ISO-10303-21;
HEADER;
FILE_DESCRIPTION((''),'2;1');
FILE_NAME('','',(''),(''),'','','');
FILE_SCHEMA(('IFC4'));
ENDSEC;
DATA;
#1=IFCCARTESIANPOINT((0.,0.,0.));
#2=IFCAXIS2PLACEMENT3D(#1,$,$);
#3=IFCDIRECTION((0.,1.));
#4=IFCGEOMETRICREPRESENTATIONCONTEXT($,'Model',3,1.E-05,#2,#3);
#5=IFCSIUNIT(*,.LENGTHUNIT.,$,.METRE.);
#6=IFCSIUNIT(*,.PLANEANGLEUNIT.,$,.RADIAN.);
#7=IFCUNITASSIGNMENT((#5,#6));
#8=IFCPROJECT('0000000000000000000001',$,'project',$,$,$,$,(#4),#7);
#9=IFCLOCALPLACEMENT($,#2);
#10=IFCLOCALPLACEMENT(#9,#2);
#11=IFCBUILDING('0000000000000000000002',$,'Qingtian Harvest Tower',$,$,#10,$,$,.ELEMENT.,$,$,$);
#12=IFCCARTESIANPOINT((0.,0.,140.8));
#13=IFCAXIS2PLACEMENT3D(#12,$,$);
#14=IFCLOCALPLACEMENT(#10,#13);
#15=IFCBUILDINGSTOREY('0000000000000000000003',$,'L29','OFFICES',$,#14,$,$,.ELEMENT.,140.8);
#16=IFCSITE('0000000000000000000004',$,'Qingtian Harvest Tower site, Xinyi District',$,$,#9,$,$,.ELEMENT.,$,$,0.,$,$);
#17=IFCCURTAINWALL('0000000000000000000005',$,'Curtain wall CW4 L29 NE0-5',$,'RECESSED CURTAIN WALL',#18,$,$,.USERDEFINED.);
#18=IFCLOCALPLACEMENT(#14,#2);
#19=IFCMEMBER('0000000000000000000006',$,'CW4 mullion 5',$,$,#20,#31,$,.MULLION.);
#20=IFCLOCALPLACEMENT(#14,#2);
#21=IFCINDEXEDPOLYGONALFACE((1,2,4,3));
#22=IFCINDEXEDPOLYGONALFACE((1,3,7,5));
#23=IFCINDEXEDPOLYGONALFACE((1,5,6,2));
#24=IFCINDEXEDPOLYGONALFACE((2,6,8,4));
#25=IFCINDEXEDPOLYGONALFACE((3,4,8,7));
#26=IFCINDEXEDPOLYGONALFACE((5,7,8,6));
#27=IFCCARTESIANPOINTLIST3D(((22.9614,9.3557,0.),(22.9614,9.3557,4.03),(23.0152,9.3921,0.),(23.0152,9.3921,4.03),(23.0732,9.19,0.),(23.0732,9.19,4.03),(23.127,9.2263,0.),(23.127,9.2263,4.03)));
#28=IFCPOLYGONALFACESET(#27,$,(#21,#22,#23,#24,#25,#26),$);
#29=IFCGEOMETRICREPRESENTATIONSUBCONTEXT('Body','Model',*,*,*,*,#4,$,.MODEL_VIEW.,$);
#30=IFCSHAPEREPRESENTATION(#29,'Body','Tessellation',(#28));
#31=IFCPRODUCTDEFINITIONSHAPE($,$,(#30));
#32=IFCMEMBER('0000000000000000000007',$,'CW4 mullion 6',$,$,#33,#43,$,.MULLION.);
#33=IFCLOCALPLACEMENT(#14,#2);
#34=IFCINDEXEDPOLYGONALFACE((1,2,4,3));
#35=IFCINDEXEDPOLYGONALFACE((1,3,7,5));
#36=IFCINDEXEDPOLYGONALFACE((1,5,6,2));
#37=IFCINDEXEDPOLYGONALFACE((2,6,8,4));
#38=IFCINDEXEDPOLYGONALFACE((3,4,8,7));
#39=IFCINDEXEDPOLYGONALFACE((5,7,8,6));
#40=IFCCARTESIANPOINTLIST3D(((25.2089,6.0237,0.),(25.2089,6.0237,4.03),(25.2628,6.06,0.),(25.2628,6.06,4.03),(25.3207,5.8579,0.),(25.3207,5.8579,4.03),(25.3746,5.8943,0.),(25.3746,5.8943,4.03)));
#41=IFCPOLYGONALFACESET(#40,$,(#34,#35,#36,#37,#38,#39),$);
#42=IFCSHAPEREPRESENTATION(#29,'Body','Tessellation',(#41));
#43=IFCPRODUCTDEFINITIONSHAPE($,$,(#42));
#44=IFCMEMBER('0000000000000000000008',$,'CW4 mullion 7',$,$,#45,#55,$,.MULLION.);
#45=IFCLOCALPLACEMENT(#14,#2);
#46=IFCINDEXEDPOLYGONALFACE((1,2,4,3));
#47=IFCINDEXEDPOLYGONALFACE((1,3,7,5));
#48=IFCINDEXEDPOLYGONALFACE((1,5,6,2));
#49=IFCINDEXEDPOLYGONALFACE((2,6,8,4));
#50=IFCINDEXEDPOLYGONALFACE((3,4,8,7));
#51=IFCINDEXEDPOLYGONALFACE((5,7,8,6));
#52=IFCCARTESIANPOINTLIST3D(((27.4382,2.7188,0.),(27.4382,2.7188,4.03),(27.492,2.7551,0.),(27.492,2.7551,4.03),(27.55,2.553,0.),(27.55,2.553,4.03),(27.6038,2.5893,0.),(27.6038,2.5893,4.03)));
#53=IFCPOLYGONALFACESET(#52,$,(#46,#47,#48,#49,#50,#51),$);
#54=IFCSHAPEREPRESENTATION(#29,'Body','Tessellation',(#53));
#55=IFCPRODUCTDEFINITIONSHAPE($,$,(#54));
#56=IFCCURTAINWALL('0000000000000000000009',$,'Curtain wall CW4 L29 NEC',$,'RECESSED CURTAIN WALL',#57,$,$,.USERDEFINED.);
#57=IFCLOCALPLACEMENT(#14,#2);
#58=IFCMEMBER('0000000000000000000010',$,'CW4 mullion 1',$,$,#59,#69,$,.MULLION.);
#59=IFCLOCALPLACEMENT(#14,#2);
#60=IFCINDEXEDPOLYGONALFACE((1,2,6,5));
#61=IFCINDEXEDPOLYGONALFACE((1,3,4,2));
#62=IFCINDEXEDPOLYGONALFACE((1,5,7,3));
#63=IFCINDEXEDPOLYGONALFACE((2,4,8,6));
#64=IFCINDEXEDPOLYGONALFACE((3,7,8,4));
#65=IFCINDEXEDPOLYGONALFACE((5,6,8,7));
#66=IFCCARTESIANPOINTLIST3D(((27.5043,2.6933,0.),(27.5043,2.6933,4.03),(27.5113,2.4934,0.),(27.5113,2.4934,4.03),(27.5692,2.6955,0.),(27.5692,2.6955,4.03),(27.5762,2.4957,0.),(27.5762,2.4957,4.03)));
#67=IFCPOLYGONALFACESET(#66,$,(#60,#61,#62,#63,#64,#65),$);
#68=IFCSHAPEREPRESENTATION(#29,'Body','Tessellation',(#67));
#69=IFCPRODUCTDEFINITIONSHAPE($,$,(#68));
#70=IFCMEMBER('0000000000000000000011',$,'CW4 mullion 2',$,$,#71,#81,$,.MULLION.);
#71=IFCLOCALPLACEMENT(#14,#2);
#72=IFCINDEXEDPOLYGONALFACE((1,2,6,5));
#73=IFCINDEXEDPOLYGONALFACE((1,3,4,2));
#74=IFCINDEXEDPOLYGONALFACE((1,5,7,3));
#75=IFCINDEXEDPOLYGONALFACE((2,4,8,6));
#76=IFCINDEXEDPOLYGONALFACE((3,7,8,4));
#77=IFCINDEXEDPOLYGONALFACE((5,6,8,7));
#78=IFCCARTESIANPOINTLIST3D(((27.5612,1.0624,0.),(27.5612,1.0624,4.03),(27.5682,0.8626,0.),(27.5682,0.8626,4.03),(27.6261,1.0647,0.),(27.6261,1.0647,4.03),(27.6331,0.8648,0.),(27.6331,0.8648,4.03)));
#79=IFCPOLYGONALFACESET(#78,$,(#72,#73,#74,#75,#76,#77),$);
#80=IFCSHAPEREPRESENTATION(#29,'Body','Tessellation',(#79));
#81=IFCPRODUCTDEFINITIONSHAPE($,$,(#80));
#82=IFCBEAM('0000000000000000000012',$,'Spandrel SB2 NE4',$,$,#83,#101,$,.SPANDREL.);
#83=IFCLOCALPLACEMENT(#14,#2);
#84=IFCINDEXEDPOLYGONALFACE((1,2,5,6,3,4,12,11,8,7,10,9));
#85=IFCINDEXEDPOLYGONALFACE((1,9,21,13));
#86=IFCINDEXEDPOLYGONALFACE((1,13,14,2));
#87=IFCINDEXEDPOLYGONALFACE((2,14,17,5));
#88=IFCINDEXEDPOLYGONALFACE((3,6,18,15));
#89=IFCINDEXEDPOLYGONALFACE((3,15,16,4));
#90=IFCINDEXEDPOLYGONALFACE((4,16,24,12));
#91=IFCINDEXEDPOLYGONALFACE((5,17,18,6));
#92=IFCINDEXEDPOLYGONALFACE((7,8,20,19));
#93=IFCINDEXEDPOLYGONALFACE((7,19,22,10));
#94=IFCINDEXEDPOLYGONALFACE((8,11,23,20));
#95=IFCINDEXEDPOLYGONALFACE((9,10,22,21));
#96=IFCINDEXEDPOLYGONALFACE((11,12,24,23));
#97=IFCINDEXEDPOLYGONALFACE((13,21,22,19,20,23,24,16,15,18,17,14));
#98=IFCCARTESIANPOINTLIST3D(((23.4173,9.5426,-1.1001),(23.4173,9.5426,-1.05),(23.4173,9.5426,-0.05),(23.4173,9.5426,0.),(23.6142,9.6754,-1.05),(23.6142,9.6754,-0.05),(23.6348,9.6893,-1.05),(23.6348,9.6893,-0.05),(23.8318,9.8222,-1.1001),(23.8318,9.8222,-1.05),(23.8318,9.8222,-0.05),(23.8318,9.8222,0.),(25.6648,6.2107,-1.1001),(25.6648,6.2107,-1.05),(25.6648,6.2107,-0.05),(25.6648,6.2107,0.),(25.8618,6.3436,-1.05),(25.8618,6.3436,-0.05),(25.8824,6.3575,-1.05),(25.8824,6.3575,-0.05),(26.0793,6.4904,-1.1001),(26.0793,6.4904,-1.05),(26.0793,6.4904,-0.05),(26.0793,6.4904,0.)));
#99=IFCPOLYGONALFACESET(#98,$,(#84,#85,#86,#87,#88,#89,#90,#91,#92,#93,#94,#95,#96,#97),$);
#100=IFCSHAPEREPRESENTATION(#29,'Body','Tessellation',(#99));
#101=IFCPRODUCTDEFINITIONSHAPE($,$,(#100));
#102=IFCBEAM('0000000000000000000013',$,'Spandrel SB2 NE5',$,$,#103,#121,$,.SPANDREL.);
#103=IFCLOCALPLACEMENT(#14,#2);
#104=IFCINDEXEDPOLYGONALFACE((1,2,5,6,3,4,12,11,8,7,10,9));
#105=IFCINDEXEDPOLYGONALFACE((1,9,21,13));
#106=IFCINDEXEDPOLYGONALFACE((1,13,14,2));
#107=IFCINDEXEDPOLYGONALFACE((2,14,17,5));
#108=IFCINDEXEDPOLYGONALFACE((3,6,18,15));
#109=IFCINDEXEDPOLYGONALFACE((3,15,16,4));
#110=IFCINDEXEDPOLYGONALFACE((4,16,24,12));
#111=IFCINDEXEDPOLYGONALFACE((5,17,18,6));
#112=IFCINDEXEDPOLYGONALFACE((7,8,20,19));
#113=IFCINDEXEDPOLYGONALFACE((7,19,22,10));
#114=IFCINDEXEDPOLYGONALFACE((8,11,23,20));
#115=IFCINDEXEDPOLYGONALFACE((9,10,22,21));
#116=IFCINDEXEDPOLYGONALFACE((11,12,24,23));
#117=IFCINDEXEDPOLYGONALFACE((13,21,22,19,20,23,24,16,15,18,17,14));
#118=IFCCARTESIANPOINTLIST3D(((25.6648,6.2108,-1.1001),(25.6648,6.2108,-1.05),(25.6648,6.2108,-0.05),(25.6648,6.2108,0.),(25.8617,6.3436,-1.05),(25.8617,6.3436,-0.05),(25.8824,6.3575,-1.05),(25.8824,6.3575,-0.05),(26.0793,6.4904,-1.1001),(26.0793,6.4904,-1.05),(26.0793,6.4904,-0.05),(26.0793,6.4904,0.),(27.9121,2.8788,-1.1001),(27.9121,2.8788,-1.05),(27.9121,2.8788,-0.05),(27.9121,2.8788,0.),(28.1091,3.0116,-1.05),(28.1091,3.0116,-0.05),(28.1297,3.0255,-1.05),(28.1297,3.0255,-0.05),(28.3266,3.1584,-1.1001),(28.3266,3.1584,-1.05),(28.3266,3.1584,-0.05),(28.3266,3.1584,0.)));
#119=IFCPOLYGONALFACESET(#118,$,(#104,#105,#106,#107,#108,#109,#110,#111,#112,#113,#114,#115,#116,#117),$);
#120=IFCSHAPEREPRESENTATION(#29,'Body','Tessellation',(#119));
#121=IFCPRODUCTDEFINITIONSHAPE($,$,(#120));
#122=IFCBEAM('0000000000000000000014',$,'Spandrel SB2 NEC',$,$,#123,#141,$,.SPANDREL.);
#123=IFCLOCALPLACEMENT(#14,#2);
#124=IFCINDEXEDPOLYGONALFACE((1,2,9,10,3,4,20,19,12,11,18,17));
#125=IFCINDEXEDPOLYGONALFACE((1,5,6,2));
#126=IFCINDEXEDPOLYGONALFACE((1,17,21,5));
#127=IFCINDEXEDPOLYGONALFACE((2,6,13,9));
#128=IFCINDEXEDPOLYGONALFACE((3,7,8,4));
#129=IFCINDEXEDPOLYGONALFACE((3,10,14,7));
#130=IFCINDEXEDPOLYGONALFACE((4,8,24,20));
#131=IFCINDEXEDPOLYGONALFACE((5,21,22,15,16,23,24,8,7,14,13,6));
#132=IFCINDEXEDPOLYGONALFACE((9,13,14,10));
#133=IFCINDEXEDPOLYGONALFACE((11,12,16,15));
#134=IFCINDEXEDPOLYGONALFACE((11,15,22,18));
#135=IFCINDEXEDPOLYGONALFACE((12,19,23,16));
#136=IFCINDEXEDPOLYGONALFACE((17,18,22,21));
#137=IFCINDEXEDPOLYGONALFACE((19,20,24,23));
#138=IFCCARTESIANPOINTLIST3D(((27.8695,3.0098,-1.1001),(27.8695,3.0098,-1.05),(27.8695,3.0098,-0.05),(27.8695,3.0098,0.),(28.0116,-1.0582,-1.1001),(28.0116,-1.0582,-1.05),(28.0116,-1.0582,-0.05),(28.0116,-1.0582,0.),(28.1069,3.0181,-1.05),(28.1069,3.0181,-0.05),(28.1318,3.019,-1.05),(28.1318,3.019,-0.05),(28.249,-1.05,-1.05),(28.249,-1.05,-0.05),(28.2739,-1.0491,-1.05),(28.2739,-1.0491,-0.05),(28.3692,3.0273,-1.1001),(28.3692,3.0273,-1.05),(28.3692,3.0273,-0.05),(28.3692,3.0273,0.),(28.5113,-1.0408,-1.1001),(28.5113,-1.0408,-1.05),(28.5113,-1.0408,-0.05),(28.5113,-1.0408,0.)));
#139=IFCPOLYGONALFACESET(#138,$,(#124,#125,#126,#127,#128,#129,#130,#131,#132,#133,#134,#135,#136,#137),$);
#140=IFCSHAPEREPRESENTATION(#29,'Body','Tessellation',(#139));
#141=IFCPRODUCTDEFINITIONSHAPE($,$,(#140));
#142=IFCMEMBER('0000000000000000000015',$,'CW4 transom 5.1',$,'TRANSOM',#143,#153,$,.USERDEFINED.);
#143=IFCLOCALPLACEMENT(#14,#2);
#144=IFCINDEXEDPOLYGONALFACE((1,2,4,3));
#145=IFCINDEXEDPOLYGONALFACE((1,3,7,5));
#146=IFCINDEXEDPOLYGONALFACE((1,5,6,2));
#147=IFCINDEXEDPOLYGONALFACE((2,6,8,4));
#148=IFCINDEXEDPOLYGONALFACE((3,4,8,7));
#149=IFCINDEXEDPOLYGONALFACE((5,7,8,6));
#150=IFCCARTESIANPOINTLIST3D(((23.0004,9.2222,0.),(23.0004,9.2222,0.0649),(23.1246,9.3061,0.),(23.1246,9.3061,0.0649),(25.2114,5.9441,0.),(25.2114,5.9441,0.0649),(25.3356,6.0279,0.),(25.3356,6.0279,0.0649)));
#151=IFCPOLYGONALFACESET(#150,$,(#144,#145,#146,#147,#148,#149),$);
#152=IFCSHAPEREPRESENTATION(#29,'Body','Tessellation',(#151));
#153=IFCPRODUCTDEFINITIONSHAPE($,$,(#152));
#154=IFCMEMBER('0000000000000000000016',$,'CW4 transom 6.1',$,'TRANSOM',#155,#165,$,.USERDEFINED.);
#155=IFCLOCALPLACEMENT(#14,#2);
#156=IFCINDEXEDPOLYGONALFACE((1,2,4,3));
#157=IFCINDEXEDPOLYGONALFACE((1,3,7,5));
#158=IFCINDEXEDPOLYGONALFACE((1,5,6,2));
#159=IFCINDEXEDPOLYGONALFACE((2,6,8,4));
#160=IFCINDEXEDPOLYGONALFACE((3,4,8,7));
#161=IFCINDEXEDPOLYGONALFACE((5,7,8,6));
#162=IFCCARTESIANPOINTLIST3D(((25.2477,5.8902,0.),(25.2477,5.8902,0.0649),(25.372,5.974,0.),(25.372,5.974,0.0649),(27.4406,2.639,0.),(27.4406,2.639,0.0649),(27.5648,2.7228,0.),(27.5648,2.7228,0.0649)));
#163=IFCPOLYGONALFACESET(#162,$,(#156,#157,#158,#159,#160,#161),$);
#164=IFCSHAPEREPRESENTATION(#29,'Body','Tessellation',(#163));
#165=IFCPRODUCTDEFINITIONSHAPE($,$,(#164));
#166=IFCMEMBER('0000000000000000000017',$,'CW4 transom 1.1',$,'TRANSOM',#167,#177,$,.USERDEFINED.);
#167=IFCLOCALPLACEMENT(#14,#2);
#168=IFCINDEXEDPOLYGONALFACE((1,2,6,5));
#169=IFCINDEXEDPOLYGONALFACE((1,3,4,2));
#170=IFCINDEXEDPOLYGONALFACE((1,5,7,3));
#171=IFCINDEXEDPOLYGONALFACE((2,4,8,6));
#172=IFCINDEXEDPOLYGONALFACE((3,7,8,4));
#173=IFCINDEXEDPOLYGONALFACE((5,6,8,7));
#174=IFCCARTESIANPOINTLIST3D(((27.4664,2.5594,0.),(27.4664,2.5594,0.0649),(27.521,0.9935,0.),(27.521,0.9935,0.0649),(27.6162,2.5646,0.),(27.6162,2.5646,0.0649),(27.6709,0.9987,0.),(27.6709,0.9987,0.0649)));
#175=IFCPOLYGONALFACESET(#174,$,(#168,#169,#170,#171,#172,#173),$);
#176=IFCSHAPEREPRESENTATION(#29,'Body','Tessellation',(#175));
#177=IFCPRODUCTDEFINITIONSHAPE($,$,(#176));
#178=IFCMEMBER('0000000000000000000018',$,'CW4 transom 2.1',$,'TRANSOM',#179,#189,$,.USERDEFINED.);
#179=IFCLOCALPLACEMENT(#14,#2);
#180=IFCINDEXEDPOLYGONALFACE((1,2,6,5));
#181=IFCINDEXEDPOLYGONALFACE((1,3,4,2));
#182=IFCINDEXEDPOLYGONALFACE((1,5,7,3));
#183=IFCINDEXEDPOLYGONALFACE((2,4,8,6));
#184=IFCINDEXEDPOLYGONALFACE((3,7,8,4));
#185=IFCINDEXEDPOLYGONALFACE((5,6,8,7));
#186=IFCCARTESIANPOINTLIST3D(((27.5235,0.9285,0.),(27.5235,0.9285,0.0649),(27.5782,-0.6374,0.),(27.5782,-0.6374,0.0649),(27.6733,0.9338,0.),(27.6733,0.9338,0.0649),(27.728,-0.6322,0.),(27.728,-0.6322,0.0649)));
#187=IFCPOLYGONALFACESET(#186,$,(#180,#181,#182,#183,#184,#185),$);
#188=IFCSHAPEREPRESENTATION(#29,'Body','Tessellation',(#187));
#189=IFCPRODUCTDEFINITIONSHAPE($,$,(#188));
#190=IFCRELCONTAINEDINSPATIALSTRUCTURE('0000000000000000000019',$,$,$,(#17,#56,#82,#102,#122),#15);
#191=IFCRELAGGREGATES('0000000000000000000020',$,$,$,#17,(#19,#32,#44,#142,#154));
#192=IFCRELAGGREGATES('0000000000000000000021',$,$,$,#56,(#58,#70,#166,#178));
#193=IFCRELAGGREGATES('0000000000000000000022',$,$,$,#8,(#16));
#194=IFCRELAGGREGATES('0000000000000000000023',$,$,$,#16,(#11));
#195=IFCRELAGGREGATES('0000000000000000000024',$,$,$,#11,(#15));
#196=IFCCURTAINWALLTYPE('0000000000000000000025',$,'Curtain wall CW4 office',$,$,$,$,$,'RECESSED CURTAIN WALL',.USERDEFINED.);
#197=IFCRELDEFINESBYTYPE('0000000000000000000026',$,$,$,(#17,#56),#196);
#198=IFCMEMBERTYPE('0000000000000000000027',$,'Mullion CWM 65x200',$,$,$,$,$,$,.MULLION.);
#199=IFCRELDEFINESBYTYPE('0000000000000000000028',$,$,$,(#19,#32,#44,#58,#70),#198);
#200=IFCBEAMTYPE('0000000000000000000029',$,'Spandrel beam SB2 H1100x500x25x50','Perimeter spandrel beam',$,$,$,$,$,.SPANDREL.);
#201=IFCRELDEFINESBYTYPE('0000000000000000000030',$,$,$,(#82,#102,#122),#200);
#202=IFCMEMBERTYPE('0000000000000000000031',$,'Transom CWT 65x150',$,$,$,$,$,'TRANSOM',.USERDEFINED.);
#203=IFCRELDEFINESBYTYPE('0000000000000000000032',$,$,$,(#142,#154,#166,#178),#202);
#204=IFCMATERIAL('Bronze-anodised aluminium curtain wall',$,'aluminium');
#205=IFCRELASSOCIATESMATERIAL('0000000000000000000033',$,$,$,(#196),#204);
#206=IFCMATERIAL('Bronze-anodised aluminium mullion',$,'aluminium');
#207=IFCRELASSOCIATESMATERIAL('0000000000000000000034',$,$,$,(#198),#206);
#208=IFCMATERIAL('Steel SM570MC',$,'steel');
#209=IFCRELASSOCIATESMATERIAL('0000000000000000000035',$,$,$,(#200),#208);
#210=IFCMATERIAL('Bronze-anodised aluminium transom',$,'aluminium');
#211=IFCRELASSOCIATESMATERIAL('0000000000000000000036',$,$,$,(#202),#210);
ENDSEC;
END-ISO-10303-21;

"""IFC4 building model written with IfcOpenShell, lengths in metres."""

from ifc_helpers import new_model, si_unit, direction, frame, origin, origin_2d, place, context, subcontext, project, spatial, rectangle, i_section, extrude, material, material_profile, profile_set, type_object, element, aggregate, save


model = new_model("IFC4")

# Units and contexts
model_context = context("Model", 3, precision=1e-05, world=origin(), true_north=direction((0.0, 1.0)))
body_context = subcontext(model_context, "Body", "Model", "MODEL_VIEW")
ifc_project = project(units=[si_unit("LENGTHUNIT", "METRE"), si_unit("PLANEANGLEUNIT", "RADIAN")], contexts=[model_context])

# Site, building, storey
site_placement = place(None, origin())
site = spatial("IfcSite", under=ifc_project, at=site_placement, Name="Qingtian Harvest Tower site, Xinyi District", CompositionType="ELEMENT", RefElevation=0.0)
building_placement = place(site_placement, origin())
building = spatial("IfcBuilding", under=site, at=building_placement, Name="Qingtian Harvest Tower", CompositionType="ELEMENT")
storey_placement = place(building_placement, frame((0.0, 0.0, 140.8)))
storey = spatial("IfcBuildingStorey", under=building, at=storey_placement, Name="L29", Description="OFFICES", CompositionType="ELEMENT", Elevation=140.8)

# Curtain walls, members
ifc_material_1 = material(Name="Bronze-anodised aluminium curtain wall", Category="aluminium")
curtain_wall_type = type_object("IfcCurtainWallType", Name="Curtain wall CW4 office", ElementType="RECESSED CURTAIN WALL", PredefinedType="USERDEFINED", material=ifc_material_1)
curtain_wall_1_placement = place(storey_placement, origin())
curtain_wall_1 = element("IfcCurtainWall", 1, at=curtain_wall_1_placement, inside=storey, type_object=curtain_wall_type, Name="Curtain wall CW4 L29 NE0-5", ObjectType="RECESSED CURTAIN WALL", PredefinedType="USERDEFINED")
ifc_material_2 = material(Name="Bronze-anodised aluminium mullion", Category="aluminium")
ifc_material_profile_1 = material_profile(ifc_material_2, rectangle(XDim=0.0649, YDim=0.2, at=origin_2d()), Name="AL 65x200")
ifc_profile_set_1 = profile_set([ifc_material_profile_1], Name="Bronze-anodised aluminium mullion")
member_type_1 = type_object("IfcMemberType", Name="Mullion CWM 65x200", PredefinedType="MULLION", material=ifc_profile_set_1)
member_1_placement = place(storey_placement, frame((23.0442, 9.291, 0.0), z_axis=(0.0, 0.0, 1.0), x_axis=(0.829038, 0.559193, 0.0)))
member_1 = element("IfcMember", 2, at=member_1_placement, type_object=member_type_1, Name="CW4 mullion 5", PredefinedType="MULLION", context=body_context, shape_type="SweptSolid", body=[
    extrude(rectangle(XDim=0.0649, YDim=0.2, at=origin_2d()), origin(), (0.0, 0.0, 1.0), 4.03),
])
member_2_placement = place(storey_placement, frame((25.2917, 5.959, 0.0), z_axis=(0.0, 0.0, 1.0), x_axis=(0.829038, 0.559193, 0.0)))
member_2 = element("IfcMember", 3, at=member_2_placement, type_object=member_type_1, Name="CW4 mullion 6", PredefinedType="MULLION", context=body_context, shape_type="SweptSolid", body=[
    extrude(rectangle(XDim=0.0649, YDim=0.2, at=origin_2d()), origin(), (0.0, 0.0, 1.0), 4.03),
])
member_3_placement = place(storey_placement, frame((27.521, 2.6541, 0.0), z_axis=(0.0, 0.0, 1.0), x_axis=(0.829038, 0.559193, 0.0)))
member_3 = element("IfcMember", 4, at=member_3_placement, type_object=member_type_1, Name="CW4 mullion 7", PredefinedType="MULLION", context=body_context, shape_type="SweptSolid", body=[
    extrude(rectangle(XDim=0.0649, YDim=0.2, at=origin_2d()), origin(), (0.0, 0.0, 1.0), 4.03),
])
curtain_wall_2_placement = place(storey_placement, origin())
curtain_wall_2 = element("IfcCurtainWall", 5, at=curtain_wall_2_placement, inside=storey, type_object=curtain_wall_type, Name="Curtain wall CW4 L29 NEC", ObjectType="RECESSED CURTAIN WALL", PredefinedType="USERDEFINED")
member_4_placement = place(storey_placement, frame((27.5403, 2.5945, 0.0), z_axis=(0.0, 0.0, 1.0), x_axis=(0.999391, 0.034899, 0.0)))
member_4 = element("IfcMember", 6, at=member_4_placement, type_object=member_type_1, Name="CW4 mullion 1", PredefinedType="MULLION", context=body_context, shape_type="SweptSolid", body=[
    extrude(rectangle(XDim=0.0649, YDim=0.2, at=origin_2d()), origin(), (0.0, 0.0, 1.0), 4.03),
])
member_5_placement = place(storey_placement, frame((27.5972, 0.9636, 0.0), z_axis=(0.0, 0.0, 1.0), x_axis=(0.999391, 0.034899, 0.0)))
member_5 = element("IfcMember", 7, at=member_5_placement, type_object=member_type_1, Name="CW4 mullion 2", PredefinedType="MULLION", context=body_context, shape_type="SweptSolid", body=[
    extrude(rectangle(XDim=0.0649, YDim=0.2, at=origin_2d()), origin(), (0.0, 0.0, 1.0), 4.03),
])

# Beams
ifc_material_3 = material(Name="Steel SM570MC", Category="steel")
ifc_material_profile_2 = material_profile(ifc_material_3, i_section(OverallWidth=0.5, OverallDepth=1.1001, WebThickness=0.0249, FlangeThickness=0.05, at=origin_2d()), Name="H1100x500x25x50")
ifc_profile_set_2 = profile_set([ifc_material_profile_2], Name="Steel SM570MC")
beam_type_1 = type_object("IfcBeamType", Name="Spandrel beam SB2 H1100x500x25x50", Description="Perimeter spandrel beam", PredefinedType="SPANDREL", material=ifc_profile_set_2)
for number, where, z_axis, x_axis, name in (
    (8, (23.6245, 9.6824, -0.55), (0.559234, -0.82901, 0.0), (0.82901, 0.559234, 0.0), "Spandrel SB2 NE4"),
    (9, (25.8721, 6.3506, -0.55), (0.559164, -0.829057, 0.0), (0.829057, 0.559164, 0.0), "Spandrel SB2 NE5"),
):
    element("IfcBeam", number, at=place(storey_placement, frame(where, z_axis=z_axis, x_axis=x_axis)), inside=storey, type_object=beam_type_1, Name=name, PredefinedType="SPANDREL", context=body_context, shape_type="SweptSolid", body=[
        extrude(i_section(OverallWidth=0.5, OverallDepth=1.1001, WebThickness=0.0249, FlangeThickness=0.05, at=origin_2d()), origin(), (0.0, 0.0, 1.0), 4.019),
    ])
beam_1_placement = place(storey_placement, frame((28.1194, 3.0186, -0.55), z_axis=(0.034906, -0.999391, 0.0), x_axis=(0.999391, 0.034906, 0.0)))
element("IfcBeam", 10, at=beam_1_placement, inside=storey, type_object=beam_type_1, Name="Spandrel SB2 NEC", PredefinedType="SPANDREL", context=body_context, shape_type="SweptSolid", body=[
    extrude(i_section(OverallWidth=0.5, OverallDepth=1.1001, WebThickness=0.0249, FlangeThickness=0.05, at=origin_2d()), origin(), (0.0, 0.0, 1.0), 4.0706),
])

# Members
ifc_material_4 = material(Name="Bronze-anodised aluminium transom", Category="aluminium")
ifc_material_profile_3 = material_profile(ifc_material_4, rectangle(XDim=0.1499, YDim=0.0649, at=origin_2d()), Name="AL 65x150")
ifc_profile_set_3 = profile_set([ifc_material_profile_3], Name="Bronze-anodised aluminium transom")
member_type_2 = type_object("IfcMemberType", Name="Transom CWT 65x150", ElementType="TRANSOM", PredefinedType="USERDEFINED", material=ifc_profile_set_3)
member_6_placement = place(storey_placement, frame((23.0625, 9.2642, 0.0325), z_axis=(0.559166, -0.829055, 0.0), x_axis=(0.829055, 0.559166, 0.0)))
member_6 = element("IfcMember", 11, at=member_6_placement, type_object=member_type_2, Name="CW4 transom 5.1", ObjectType="TRANSOM", PredefinedType="USERDEFINED", context=body_context, shape_type="SweptSolid", body=[
    extrude(rectangle(XDim=0.1499, YDim=0.0649, at=origin_2d()), origin(), (0.0, 0.0, 1.0), 3.9541),
])
member_7_placement = place(storey_placement, frame((25.3098, 5.9321, 0.0325), z_axis=(0.559175, -0.82905, 0.0), x_axis=(0.82905, 0.559175, 0.0)))
member_7 = element("IfcMember", 12, at=member_7_placement, type_object=member_type_2, Name="CW4 transom 6.1", ObjectType="TRANSOM", PredefinedType="USERDEFINED", context=body_context, shape_type="SweptSolid", body=[
    extrude(rectangle(XDim=0.1499, YDim=0.0649, at=origin_2d()), origin(), (0.0, 0.0, 1.0), 3.9216),
])
member_8_placement = place(storey_placement, frame((27.5413, 2.562, 0.0325), z_axis=(0.034902, -0.999391, 0.0), x_axis=(0.999391, 0.034902, 0.0)))
member_8 = element("IfcMember", 13, at=member_8_placement, type_object=member_type_2, Name="CW4 transom 1.1", ObjectType="TRANSOM", PredefinedType="USERDEFINED", context=body_context, shape_type="SweptSolid", body=[
    extrude(rectangle(XDim=0.1499, YDim=0.0649, at=origin_2d()), origin(), (0.0, 0.0, 1.0), 1.5669),
])
member_9_placement = place(storey_placement, frame((27.5984, 0.9312, 0.0325), z_axis=(0.034902, -0.999391, 0.0), x_axis=(0.999391, 0.034902, 0.0)))
member_9 = element("IfcMember", 14, at=member_9_placement, type_object=member_type_2, Name="CW4 transom 2.1", ObjectType="TRANSOM", PredefinedType="USERDEFINED", context=body_context, shape_type="SweptSolid", body=[
    extrude(rectangle(XDim=0.1499, YDim=0.0649, at=origin_2d()), origin(), (0.0, 0.0, 1.0), 1.5669),
])

aggregate(curtain_wall_1, [member_1, member_2, member_3, member_6, member_7])
aggregate(curtain_wall_2, [member_4, member_5, member_8, member_9])

save(model, "model.ifc")
